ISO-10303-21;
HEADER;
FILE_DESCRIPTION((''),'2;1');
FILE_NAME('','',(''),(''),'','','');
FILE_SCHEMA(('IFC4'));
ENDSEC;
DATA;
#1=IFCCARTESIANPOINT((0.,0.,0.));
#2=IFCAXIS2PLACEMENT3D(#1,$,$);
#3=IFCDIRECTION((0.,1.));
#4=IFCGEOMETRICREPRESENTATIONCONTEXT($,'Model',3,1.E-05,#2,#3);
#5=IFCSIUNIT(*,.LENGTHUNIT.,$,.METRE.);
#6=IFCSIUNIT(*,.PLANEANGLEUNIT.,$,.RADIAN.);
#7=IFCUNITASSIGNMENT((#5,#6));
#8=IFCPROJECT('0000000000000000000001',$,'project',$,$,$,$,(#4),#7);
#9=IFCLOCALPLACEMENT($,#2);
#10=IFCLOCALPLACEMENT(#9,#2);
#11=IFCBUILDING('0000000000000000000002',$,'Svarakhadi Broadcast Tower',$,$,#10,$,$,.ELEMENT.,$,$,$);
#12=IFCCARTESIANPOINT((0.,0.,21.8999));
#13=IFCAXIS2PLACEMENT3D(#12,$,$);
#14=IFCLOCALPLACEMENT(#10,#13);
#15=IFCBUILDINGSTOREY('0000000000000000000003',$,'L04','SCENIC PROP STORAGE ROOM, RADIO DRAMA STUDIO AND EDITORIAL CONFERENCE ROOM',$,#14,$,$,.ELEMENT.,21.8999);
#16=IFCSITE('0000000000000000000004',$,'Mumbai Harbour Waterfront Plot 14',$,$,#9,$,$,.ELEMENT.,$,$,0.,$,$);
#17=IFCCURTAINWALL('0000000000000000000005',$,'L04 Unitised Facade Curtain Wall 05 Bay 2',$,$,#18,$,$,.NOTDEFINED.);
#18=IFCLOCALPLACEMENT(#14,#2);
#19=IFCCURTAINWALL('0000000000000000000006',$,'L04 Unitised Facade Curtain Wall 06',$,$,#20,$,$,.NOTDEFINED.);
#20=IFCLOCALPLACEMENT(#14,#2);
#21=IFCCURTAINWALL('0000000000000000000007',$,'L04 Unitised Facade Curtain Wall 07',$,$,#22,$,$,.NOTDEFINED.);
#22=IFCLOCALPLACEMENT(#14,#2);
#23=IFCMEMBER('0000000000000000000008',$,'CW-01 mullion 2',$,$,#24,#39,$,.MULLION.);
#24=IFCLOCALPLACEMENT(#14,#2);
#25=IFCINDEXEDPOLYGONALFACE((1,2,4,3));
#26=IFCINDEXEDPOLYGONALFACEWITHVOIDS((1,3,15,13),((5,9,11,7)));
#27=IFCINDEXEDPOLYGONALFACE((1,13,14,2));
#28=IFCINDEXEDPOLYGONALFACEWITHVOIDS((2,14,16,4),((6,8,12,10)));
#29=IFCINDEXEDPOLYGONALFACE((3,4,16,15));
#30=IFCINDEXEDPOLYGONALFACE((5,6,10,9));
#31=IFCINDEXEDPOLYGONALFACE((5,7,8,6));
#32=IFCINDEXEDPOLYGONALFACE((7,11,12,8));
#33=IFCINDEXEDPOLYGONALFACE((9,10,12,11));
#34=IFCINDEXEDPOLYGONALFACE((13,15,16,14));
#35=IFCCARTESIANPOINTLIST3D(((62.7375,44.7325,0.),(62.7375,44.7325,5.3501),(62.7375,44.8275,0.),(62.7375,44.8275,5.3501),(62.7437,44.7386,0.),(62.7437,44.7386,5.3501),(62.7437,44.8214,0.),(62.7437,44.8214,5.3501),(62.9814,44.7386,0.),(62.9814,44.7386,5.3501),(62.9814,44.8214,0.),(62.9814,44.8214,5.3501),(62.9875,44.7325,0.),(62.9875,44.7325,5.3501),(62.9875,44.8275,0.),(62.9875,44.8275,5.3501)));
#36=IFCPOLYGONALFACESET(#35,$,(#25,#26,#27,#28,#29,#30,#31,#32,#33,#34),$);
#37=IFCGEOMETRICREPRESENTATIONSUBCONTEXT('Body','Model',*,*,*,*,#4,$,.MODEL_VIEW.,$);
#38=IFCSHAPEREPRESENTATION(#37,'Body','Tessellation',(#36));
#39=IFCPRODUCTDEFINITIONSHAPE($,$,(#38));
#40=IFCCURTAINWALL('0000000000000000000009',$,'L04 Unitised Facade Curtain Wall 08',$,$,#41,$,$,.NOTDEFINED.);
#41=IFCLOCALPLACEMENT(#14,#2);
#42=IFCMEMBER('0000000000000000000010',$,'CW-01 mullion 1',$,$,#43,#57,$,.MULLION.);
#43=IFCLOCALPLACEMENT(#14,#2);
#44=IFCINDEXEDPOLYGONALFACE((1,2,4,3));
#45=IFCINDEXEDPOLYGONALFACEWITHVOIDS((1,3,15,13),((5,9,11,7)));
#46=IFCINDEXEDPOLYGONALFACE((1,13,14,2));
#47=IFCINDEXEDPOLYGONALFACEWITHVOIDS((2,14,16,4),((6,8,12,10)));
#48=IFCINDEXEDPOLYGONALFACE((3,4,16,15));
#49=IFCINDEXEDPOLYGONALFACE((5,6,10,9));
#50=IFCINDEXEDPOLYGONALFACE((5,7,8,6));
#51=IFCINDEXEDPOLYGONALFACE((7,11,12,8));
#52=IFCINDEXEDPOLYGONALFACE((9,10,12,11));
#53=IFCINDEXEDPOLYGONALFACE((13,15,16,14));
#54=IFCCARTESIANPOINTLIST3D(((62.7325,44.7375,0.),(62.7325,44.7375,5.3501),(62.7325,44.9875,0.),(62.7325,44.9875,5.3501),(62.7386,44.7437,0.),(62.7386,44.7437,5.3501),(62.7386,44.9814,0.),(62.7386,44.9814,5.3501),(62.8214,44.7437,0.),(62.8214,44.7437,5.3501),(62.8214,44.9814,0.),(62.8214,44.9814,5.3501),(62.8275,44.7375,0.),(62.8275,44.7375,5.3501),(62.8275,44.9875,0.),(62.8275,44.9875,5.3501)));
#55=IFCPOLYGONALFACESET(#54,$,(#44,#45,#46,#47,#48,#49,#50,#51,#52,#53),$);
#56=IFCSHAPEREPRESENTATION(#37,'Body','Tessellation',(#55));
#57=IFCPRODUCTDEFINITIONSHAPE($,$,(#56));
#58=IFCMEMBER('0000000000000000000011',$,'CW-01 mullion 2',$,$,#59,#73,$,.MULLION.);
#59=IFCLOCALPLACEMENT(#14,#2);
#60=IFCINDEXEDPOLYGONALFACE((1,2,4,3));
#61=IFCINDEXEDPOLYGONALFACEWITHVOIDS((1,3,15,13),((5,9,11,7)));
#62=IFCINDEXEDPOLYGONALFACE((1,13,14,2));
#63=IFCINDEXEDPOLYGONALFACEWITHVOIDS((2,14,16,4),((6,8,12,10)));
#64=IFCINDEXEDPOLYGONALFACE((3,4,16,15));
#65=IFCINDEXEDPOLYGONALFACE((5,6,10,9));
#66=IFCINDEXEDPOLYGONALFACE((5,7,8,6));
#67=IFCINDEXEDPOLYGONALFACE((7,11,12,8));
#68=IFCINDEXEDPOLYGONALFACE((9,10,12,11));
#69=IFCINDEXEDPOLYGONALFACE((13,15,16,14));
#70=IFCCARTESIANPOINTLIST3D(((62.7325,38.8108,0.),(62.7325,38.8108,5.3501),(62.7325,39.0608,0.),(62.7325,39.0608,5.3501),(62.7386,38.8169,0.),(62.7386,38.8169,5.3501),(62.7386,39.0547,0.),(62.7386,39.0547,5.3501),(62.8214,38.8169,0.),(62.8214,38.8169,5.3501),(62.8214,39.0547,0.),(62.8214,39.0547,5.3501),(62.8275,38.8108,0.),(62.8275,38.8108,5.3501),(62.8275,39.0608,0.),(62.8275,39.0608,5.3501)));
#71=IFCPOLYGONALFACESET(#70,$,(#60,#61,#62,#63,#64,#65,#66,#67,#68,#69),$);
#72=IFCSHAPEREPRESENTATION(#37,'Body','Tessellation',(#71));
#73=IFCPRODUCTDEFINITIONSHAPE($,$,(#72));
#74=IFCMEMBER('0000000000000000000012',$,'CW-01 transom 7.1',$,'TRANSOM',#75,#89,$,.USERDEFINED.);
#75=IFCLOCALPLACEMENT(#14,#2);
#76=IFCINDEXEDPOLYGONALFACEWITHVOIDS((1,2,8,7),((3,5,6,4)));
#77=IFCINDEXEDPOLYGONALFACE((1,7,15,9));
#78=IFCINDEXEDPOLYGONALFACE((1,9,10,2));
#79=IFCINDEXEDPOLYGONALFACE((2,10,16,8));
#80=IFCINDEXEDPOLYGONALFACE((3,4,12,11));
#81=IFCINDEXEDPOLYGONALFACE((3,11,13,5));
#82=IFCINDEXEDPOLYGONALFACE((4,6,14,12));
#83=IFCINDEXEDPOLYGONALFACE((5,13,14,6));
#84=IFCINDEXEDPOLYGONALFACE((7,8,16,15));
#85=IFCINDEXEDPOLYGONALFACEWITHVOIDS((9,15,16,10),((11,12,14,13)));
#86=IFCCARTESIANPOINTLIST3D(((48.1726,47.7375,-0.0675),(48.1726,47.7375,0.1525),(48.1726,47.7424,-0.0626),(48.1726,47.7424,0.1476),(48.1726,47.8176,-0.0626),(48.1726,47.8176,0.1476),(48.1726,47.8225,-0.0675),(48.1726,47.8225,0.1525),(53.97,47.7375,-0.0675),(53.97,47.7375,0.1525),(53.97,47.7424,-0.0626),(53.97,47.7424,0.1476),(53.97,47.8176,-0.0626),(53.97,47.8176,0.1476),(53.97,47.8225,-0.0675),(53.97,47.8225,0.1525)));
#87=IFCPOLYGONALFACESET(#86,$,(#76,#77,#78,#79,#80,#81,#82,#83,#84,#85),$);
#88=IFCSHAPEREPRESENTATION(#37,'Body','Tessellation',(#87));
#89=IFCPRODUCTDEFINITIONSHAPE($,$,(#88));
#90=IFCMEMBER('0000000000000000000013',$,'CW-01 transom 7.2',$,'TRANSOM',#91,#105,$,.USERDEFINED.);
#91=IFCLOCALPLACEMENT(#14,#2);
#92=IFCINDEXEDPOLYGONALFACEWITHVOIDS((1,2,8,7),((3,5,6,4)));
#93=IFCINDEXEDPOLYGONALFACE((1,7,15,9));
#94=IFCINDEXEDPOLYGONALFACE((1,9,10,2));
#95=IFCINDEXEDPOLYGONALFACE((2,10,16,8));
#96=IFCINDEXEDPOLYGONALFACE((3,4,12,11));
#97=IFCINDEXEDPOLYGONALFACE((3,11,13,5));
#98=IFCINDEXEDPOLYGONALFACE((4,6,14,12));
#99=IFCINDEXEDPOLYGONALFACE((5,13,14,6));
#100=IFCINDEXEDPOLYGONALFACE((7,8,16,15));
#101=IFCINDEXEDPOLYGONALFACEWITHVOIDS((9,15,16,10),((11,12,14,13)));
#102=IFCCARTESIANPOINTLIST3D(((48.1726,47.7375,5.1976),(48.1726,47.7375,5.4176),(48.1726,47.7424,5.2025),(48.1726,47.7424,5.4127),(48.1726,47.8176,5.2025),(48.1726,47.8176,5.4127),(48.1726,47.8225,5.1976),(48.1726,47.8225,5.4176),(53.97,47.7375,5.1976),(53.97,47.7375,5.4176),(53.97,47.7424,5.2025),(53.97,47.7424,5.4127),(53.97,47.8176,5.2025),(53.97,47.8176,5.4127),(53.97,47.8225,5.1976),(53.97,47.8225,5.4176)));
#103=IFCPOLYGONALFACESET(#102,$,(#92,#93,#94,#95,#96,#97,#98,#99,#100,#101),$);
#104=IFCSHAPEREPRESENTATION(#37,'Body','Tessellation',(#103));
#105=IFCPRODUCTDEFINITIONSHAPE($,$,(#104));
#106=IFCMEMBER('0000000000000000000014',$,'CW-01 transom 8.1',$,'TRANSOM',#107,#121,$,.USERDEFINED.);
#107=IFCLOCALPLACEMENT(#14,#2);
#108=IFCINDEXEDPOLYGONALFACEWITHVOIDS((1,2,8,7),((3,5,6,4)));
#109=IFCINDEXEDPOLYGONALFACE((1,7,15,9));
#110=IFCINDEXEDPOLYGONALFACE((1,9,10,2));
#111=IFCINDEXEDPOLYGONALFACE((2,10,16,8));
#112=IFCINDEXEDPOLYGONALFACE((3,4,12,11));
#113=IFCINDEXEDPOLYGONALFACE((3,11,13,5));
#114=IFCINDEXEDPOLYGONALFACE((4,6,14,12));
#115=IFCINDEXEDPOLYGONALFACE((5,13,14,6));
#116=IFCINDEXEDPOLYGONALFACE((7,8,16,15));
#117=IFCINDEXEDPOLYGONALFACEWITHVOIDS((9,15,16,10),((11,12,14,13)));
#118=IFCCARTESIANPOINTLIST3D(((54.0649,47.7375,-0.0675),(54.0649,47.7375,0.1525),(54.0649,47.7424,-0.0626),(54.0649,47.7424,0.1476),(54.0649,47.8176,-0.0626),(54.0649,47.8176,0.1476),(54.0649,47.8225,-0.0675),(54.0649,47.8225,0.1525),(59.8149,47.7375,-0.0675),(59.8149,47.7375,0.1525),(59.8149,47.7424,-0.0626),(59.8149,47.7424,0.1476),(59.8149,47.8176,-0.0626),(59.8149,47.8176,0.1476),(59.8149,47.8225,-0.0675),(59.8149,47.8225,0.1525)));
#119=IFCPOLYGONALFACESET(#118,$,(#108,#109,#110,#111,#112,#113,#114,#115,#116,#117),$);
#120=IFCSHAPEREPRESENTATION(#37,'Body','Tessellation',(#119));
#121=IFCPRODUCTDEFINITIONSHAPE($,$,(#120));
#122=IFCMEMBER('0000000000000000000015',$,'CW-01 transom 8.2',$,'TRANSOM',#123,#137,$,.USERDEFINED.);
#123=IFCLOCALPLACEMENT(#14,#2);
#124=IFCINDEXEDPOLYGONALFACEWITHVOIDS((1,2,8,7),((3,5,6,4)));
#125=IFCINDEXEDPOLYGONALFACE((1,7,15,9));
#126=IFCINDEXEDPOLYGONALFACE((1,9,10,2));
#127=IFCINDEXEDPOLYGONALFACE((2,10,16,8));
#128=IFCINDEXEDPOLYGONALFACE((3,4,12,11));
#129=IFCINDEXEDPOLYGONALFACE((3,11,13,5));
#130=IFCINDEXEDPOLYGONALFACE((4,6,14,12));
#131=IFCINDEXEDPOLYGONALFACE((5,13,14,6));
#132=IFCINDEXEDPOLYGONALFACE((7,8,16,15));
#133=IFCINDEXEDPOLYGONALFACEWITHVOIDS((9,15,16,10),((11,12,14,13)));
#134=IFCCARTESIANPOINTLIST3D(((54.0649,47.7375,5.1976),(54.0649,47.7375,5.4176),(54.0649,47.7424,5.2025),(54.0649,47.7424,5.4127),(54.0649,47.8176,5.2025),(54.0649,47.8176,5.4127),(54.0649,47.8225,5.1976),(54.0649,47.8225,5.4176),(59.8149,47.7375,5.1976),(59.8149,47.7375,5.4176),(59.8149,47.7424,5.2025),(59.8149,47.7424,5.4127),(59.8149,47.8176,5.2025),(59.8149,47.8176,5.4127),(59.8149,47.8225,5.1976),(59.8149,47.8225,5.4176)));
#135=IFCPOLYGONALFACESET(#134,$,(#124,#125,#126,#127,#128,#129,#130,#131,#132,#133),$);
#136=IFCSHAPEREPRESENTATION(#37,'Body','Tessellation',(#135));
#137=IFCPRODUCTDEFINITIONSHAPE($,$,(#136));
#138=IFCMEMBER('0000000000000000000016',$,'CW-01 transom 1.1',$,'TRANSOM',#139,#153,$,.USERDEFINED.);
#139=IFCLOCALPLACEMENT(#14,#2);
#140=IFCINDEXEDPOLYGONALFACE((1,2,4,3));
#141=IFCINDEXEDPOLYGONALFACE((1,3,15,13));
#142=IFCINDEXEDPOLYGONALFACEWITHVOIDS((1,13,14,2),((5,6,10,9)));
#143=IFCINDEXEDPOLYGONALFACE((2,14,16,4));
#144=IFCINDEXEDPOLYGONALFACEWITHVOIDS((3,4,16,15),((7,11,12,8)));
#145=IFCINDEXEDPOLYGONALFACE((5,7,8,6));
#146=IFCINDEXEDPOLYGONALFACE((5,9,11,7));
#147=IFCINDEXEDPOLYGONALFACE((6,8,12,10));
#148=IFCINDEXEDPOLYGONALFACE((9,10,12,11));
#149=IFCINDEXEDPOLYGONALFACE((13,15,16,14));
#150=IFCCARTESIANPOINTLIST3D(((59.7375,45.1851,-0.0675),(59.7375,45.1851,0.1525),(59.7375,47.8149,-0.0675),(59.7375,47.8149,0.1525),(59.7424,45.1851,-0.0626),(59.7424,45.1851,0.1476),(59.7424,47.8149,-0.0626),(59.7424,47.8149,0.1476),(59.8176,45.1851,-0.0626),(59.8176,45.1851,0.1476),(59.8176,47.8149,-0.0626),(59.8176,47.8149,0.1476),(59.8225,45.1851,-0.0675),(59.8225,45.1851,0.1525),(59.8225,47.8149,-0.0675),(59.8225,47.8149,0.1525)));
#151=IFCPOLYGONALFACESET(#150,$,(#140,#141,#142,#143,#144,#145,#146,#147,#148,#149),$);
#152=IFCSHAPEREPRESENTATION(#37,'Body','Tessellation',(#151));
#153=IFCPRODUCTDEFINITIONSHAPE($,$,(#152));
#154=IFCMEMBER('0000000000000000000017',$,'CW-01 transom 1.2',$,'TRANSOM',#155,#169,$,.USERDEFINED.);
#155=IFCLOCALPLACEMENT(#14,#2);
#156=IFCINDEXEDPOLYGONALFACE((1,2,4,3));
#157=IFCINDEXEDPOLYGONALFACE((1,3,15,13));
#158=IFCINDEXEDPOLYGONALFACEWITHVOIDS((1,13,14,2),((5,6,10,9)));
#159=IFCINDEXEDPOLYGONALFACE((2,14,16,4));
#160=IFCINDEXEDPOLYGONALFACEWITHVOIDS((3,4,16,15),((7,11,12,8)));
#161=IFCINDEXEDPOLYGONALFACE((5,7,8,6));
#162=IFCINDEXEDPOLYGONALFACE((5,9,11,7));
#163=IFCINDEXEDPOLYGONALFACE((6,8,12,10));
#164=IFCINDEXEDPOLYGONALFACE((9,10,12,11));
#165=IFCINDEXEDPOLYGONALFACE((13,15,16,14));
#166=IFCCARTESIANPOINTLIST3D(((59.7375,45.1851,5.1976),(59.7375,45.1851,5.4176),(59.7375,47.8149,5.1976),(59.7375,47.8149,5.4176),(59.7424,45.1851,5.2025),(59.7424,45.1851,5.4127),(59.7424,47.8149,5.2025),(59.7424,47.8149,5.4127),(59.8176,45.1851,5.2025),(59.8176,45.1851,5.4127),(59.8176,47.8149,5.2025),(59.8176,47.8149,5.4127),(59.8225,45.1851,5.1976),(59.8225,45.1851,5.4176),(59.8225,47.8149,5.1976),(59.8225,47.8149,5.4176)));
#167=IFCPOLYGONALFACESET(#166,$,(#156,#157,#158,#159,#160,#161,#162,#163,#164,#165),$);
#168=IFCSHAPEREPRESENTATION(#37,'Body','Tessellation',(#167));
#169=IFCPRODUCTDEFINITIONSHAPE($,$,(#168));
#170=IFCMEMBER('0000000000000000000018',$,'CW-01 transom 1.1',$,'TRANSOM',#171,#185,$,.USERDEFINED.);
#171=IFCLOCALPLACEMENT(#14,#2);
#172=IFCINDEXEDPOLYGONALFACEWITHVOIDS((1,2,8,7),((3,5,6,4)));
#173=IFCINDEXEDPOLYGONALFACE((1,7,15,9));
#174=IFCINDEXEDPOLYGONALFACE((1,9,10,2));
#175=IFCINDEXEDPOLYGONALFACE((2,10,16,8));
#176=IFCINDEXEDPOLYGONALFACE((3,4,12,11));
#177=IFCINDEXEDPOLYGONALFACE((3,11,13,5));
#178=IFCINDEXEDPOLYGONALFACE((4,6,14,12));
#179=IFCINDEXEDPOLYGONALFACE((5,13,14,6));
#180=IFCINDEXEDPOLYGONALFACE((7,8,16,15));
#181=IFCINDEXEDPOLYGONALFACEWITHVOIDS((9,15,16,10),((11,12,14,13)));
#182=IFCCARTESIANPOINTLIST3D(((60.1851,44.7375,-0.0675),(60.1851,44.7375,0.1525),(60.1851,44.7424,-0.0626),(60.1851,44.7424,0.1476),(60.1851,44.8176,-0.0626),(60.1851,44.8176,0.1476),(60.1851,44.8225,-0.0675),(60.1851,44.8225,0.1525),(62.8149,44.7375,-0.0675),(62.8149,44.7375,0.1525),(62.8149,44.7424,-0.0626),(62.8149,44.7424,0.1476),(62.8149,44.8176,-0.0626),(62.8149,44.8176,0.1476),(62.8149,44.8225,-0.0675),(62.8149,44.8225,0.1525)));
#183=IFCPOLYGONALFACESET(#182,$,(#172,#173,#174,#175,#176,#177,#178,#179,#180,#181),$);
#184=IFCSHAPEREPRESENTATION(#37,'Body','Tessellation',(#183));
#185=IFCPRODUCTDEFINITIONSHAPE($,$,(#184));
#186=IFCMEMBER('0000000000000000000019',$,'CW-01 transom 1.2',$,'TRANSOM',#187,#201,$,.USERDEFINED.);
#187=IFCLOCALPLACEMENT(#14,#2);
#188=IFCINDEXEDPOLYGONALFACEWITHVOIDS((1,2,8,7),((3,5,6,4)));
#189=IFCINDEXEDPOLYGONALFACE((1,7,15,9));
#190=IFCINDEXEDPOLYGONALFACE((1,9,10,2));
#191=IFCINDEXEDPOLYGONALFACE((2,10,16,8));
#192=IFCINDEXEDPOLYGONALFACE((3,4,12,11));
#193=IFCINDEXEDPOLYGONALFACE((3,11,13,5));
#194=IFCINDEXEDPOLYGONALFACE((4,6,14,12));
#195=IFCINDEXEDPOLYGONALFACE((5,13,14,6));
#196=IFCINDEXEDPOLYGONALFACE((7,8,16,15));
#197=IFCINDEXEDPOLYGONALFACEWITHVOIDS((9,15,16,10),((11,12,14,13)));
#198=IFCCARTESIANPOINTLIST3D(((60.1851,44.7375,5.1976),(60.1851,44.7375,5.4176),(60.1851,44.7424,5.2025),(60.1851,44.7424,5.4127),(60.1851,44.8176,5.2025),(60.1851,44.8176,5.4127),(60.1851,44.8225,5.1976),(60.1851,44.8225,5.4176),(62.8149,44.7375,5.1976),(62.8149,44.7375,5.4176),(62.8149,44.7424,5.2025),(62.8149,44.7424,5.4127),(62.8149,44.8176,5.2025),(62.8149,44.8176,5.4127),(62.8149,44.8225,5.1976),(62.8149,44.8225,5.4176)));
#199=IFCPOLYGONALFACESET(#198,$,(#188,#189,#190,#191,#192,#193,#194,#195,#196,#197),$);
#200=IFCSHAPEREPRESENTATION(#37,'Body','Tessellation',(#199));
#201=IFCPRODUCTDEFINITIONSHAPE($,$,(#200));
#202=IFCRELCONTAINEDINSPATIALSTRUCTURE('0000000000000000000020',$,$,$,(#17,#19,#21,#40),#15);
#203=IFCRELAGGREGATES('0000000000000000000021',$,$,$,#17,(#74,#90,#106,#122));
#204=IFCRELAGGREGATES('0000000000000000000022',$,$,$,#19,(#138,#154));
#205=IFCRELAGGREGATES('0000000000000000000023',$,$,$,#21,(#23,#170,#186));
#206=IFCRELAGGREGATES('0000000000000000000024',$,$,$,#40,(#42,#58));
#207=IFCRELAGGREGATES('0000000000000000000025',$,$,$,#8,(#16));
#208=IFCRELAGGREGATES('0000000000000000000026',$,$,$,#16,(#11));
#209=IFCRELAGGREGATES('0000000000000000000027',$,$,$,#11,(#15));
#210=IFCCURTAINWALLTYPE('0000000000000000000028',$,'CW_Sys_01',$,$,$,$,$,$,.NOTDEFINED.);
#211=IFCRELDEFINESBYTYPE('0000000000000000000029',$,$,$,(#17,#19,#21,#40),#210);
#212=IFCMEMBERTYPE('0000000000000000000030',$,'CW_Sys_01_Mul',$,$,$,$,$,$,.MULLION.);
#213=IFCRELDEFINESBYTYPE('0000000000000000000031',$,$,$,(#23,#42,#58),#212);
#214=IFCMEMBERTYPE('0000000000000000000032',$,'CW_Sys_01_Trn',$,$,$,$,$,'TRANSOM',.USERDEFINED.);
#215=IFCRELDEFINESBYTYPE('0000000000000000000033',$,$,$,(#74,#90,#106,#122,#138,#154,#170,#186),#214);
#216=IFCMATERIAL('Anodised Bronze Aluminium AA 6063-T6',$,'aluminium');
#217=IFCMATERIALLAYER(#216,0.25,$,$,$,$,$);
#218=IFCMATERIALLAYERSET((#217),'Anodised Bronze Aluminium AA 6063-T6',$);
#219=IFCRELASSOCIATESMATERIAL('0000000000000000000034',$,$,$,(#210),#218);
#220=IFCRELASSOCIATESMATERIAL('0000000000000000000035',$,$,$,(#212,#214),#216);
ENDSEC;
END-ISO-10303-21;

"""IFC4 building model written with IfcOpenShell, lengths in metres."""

from ifc_helpers import new_model, si_unit, direction, frame, origin, origin_2d, place, context, subcontext, project, spatial, hollow_rectangle, extrude, material, layer, layer_set, material_profile, profile_set, type_object, element, aggregate, save


model = new_model("IFC4")

# Units and contexts
model_context = context("Model", 3, precision=1e-05, world=origin(), true_north=direction((0.0, 1.0)))
body_context = subcontext(model_context, "Body", "Model", "MODEL_VIEW")
ifc_project = project(units=[si_unit("LENGTHUNIT", "METRE"), si_unit("PLANEANGLEUNIT", "RADIAN")], contexts=[model_context])

# Site, building, storey
site_placement = place(None, origin())
site = spatial("IfcSite", under=ifc_project, at=site_placement, Name="Mumbai Harbour Waterfront Plot 14", CompositionType="ELEMENT", RefElevation=0.0)
building_placement = place(site_placement, origin())
building = spatial("IfcBuilding", under=site, at=building_placement, Name="Svarakhadi Broadcast Tower", CompositionType="ELEMENT")
storey_placement = place(building_placement, frame((0.0, 0.0, 21.8999)))
storey = spatial("IfcBuildingStorey", under=building, at=storey_placement, Name="L04", Description="SCENIC PROP STORAGE ROOM, RADIO DRAMA STUDIO AND EDITORIAL CONFERENCE ROOM", CompositionType="ELEMENT", Elevation=21.8999)

# Curtain walls, members
ifc_material_1 = material(Name="Anodised Bronze Aluminium AA 6063-T6", Category="aluminium")
ifc_layer_1 = layer(ifc_material_1, 0.25)
ifc_layer_set_1 = layer_set([ifc_layer_1], Name="Anodised Bronze Aluminium AA 6063-T6")
curtain_wall_type = type_object("IfcCurtainWallType", Name="CW_Sys_01", PredefinedType="NOTDEFINED", material=ifc_layer_set_1)
curtain_wall_1_placement = place(storey_placement, origin())
curtain_wall_1 = element("IfcCurtainWall", 1, at=curtain_wall_1_placement, inside=storey, type_object=curtain_wall_type, Name="L04 Unitised Facade Curtain Wall 05 Bay 2", PredefinedType="NOTDEFINED")
ifc_material_profile_1 = material_profile(ifc_material_1, hollow_rectangle(XDim=0.095, YDim=0.25, WallThickness=0.0061, at=origin_2d()), Name="ALU MULLION 250x95x6")
ifc_profile_set_1 = profile_set([ifc_material_profile_1], Name="Anodised Bronze Aluminium AA 6063-T6")
member_type_1 = type_object("IfcMemberType", Name="CW_Sys_01_Mul", PredefinedType="MULLION", material=ifc_profile_set_1)
curtain_wall_2_placement = place(storey_placement, origin())
curtain_wall_2 = element("IfcCurtainWall", 2, at=curtain_wall_2_placement, inside=storey, type_object=curtain_wall_type, Name="L04 Unitised Facade Curtain Wall 06", PredefinedType="NOTDEFINED")
curtain_wall_3_placement = place(storey_placement, origin())
curtain_wall_3 = element("IfcCurtainWall", 3, at=curtain_wall_3_placement, inside=storey, type_object=curtain_wall_type, Name="L04 Unitised Facade Curtain Wall 07", PredefinedType="NOTDEFINED")
member_1_placement = place(storey_placement, frame((62.8625, 44.78, 0.0), z_axis=(0.0, 0.0, 1.0), x_axis=(0.0, 1.0, 0.0)))
member_1 = element("IfcMember", 4, at=member_1_placement, type_object=member_type_1, Name="CW-01 mullion 2", PredefinedType="MULLION", context=body_context, shape_type="SweptSolid", body=[
    extrude(hollow_rectangle(XDim=0.095, YDim=0.25, WallThickness=0.0061, at=origin_2d()), origin(), (0.0, 0.0, 1.0), 5.3501),
])
curtain_wall_4_placement = place(storey_placement, origin())
curtain_wall_4 = element("IfcCurtainWall", 5, at=curtain_wall_4_placement, inside=storey, type_object=curtain_wall_type, Name="L04 Unitised Facade Curtain Wall 08", PredefinedType="NOTDEFINED")
member_2_placement = place(storey_placement, frame((62.78, 44.8625, 0.0), z_axis=(0.0, 0.0, 1.0), x_axis=(1.0, 0.0, 0.0)))
member_2 = element("IfcMember", 6, at=member_2_placement, type_object=member_type_1, Name="CW-01 mullion 1", PredefinedType="MULLION", context=body_context, shape_type="SweptSolid", body=[
    extrude(hollow_rectangle(XDim=0.095, YDim=0.25, WallThickness=0.0061, at=origin_2d()), origin(), (0.0, 0.0, 1.0), 5.3501),
])
member_3_placement = place(storey_placement, frame((62.78, 38.9358, 0.0), z_axis=(0.0, 0.0, 1.0), x_axis=(1.0, 0.0, 0.0)))
member_3 = element("IfcMember", 7, at=member_3_placement, type_object=member_type_1, Name="CW-01 mullion 2", PredefinedType="MULLION", context=body_context, shape_type="SweptSolid", body=[
    extrude(hollow_rectangle(XDim=0.095, YDim=0.25, WallThickness=0.0061, at=origin_2d()), origin(), (0.0, 0.0, 1.0), 5.3501),
])

# Members
ifc_material_profile_2 = material_profile(ifc_material_1, hollow_rectangle(XDim=0.085, YDim=0.22, WallThickness=0.0049, at=origin_2d()), Name="ALU TRANSOM 220x85x5")
ifc_profile_set_2 = profile_set([ifc_material_profile_2], Name="Anodised Bronze Aluminium AA 6063-T6")
member_type_2 = type_object("IfcMemberType", Name="CW_Sys_01_Trn", ElementType="TRANSOM", PredefinedType="USERDEFINED", material=ifc_profile_set_2)
member_4_placement = place(storey_placement, frame((48.1726, 47.78, 0.0425), z_axis=(1.0, 0.0, 0.0), x_axis=(0.0, 1.0, 0.0)))
member_4 = element("IfcMember", 8, at=member_4_placement, type_object=member_type_2, Name="CW-01 transom 7.1", ObjectType="TRANSOM", PredefinedType="USERDEFINED", context=body_context, shape_type="SweptSolid", body=[
    extrude(hollow_rectangle(XDim=0.085, YDim=0.22, WallThickness=0.0049, at=origin_2d()), origin(), (0.0, 0.0, 1.0), 5.7974),
])
member_5_placement = place(storey_placement, frame((48.1726, 47.78, 5.3076), z_axis=(1.0, 0.0, 0.0), x_axis=(0.0, 1.0, 0.0)))
member_5 = element("IfcMember", 9, at=member_5_placement, type_object=member_type_2, Name="CW-01 transom 7.2", ObjectType="TRANSOM", PredefinedType="USERDEFINED", context=body_context, shape_type="SweptSolid", body=[
    extrude(hollow_rectangle(XDim=0.085, YDim=0.22, WallThickness=0.0049, at=origin_2d()), origin(), (0.0, 0.0, 1.0), 5.7974),
])
member_6_placement = place(storey_placement, frame((54.0649, 47.78, 0.0425), z_axis=(1.0, 0.0, 0.0), x_axis=(0.0, 1.0, 0.0)))
member_6 = element("IfcMember", 10, at=member_6_placement, type_object=member_type_2, Name="CW-01 transom 8.1", ObjectType="TRANSOM", PredefinedType="USERDEFINED", context=body_context, shape_type="SweptSolid", body=[
    extrude(hollow_rectangle(XDim=0.085, YDim=0.22, WallThickness=0.0049, at=origin_2d()), origin(), (0.0, 0.0, 1.0), 5.75),
])
member_7_placement = place(storey_placement, frame((54.0649, 47.78, 5.3076), z_axis=(1.0, 0.0, 0.0), x_axis=(0.0, 1.0, 0.0)))
member_7 = element("IfcMember", 11, at=member_7_placement, type_object=member_type_2, Name="CW-01 transom 8.2", ObjectType="TRANSOM", PredefinedType="USERDEFINED", context=body_context, shape_type="SweptSolid", body=[
    extrude(hollow_rectangle(XDim=0.085, YDim=0.22, WallThickness=0.0049, at=origin_2d()), origin(), (0.0, 0.0, 1.0), 5.75),
])
member_8_placement = place(storey_placement, frame((59.78, 47.8149, 0.0425), z_axis=(0.0, -1.0, 0.0), x_axis=(1.0, 0.0, 0.0)))
member_8 = element("IfcMember", 12, at=member_8_placement, type_object=member_type_2, Name="CW-01 transom 1.1", ObjectType="TRANSOM", PredefinedType="USERDEFINED", context=body_context, shape_type="SweptSolid", body=[
    extrude(hollow_rectangle(XDim=0.085, YDim=0.22, WallThickness=0.0049, at=origin_2d()), origin(), (0.0, 0.0, 1.0), 2.6299),
])
member_9_placement = place(storey_placement, frame((59.78, 47.8149, 5.3076), z_axis=(0.0, -1.0, 0.0), x_axis=(1.0, 0.0, 0.0)))
member_9 = element("IfcMember", 13, at=member_9_placement, type_object=member_type_2, Name="CW-01 transom 1.2", ObjectType="TRANSOM", PredefinedType="USERDEFINED", context=body_context, shape_type="SweptSolid", body=[
    extrude(hollow_rectangle(XDim=0.085, YDim=0.22, WallThickness=0.0049, at=origin_2d()), origin(), (0.0, 0.0, 1.0), 2.6299),
])
member_10_placement = place(storey_placement, frame((60.1851, 44.78, 0.0425), z_axis=(1.0, 0.0, 0.0), x_axis=(0.0, 1.0, 0.0)))
member_10 = element("IfcMember", 14, at=member_10_placement, type_object=member_type_2, Name="CW-01 transom 1.1", ObjectType="TRANSOM", PredefinedType="USERDEFINED", context=body_context, shape_type="SweptSolid", body=[
    extrude(hollow_rectangle(XDim=0.085, YDim=0.22, WallThickness=0.0049, at=origin_2d()), origin(), (0.0, 0.0, 1.0), 2.6299),
])
member_11_placement = place(storey_placement, frame((60.1851, 44.78, 5.3076), z_axis=(1.0, 0.0, 0.0), x_axis=(0.0, 1.0, 0.0)))
member_11 = element("IfcMember", 15, at=member_11_placement, type_object=member_type_2, Name="CW-01 transom 1.2", ObjectType="TRANSOM", PredefinedType="USERDEFINED", context=body_context, shape_type="SweptSolid", body=[
    extrude(hollow_rectangle(XDim=0.085, YDim=0.22, WallThickness=0.0049, at=origin_2d()), origin(), (0.0, 0.0, 1.0), 2.6299),
])

aggregate(curtain_wall_1, [member_4, member_5, member_6, member_7])
aggregate(curtain_wall_2, [member_8, member_9])
aggregate(curtain_wall_3, [member_1, member_10, member_11])
aggregate(curtain_wall_4, [member_2, member_3])

save(model, "model.ifc")
